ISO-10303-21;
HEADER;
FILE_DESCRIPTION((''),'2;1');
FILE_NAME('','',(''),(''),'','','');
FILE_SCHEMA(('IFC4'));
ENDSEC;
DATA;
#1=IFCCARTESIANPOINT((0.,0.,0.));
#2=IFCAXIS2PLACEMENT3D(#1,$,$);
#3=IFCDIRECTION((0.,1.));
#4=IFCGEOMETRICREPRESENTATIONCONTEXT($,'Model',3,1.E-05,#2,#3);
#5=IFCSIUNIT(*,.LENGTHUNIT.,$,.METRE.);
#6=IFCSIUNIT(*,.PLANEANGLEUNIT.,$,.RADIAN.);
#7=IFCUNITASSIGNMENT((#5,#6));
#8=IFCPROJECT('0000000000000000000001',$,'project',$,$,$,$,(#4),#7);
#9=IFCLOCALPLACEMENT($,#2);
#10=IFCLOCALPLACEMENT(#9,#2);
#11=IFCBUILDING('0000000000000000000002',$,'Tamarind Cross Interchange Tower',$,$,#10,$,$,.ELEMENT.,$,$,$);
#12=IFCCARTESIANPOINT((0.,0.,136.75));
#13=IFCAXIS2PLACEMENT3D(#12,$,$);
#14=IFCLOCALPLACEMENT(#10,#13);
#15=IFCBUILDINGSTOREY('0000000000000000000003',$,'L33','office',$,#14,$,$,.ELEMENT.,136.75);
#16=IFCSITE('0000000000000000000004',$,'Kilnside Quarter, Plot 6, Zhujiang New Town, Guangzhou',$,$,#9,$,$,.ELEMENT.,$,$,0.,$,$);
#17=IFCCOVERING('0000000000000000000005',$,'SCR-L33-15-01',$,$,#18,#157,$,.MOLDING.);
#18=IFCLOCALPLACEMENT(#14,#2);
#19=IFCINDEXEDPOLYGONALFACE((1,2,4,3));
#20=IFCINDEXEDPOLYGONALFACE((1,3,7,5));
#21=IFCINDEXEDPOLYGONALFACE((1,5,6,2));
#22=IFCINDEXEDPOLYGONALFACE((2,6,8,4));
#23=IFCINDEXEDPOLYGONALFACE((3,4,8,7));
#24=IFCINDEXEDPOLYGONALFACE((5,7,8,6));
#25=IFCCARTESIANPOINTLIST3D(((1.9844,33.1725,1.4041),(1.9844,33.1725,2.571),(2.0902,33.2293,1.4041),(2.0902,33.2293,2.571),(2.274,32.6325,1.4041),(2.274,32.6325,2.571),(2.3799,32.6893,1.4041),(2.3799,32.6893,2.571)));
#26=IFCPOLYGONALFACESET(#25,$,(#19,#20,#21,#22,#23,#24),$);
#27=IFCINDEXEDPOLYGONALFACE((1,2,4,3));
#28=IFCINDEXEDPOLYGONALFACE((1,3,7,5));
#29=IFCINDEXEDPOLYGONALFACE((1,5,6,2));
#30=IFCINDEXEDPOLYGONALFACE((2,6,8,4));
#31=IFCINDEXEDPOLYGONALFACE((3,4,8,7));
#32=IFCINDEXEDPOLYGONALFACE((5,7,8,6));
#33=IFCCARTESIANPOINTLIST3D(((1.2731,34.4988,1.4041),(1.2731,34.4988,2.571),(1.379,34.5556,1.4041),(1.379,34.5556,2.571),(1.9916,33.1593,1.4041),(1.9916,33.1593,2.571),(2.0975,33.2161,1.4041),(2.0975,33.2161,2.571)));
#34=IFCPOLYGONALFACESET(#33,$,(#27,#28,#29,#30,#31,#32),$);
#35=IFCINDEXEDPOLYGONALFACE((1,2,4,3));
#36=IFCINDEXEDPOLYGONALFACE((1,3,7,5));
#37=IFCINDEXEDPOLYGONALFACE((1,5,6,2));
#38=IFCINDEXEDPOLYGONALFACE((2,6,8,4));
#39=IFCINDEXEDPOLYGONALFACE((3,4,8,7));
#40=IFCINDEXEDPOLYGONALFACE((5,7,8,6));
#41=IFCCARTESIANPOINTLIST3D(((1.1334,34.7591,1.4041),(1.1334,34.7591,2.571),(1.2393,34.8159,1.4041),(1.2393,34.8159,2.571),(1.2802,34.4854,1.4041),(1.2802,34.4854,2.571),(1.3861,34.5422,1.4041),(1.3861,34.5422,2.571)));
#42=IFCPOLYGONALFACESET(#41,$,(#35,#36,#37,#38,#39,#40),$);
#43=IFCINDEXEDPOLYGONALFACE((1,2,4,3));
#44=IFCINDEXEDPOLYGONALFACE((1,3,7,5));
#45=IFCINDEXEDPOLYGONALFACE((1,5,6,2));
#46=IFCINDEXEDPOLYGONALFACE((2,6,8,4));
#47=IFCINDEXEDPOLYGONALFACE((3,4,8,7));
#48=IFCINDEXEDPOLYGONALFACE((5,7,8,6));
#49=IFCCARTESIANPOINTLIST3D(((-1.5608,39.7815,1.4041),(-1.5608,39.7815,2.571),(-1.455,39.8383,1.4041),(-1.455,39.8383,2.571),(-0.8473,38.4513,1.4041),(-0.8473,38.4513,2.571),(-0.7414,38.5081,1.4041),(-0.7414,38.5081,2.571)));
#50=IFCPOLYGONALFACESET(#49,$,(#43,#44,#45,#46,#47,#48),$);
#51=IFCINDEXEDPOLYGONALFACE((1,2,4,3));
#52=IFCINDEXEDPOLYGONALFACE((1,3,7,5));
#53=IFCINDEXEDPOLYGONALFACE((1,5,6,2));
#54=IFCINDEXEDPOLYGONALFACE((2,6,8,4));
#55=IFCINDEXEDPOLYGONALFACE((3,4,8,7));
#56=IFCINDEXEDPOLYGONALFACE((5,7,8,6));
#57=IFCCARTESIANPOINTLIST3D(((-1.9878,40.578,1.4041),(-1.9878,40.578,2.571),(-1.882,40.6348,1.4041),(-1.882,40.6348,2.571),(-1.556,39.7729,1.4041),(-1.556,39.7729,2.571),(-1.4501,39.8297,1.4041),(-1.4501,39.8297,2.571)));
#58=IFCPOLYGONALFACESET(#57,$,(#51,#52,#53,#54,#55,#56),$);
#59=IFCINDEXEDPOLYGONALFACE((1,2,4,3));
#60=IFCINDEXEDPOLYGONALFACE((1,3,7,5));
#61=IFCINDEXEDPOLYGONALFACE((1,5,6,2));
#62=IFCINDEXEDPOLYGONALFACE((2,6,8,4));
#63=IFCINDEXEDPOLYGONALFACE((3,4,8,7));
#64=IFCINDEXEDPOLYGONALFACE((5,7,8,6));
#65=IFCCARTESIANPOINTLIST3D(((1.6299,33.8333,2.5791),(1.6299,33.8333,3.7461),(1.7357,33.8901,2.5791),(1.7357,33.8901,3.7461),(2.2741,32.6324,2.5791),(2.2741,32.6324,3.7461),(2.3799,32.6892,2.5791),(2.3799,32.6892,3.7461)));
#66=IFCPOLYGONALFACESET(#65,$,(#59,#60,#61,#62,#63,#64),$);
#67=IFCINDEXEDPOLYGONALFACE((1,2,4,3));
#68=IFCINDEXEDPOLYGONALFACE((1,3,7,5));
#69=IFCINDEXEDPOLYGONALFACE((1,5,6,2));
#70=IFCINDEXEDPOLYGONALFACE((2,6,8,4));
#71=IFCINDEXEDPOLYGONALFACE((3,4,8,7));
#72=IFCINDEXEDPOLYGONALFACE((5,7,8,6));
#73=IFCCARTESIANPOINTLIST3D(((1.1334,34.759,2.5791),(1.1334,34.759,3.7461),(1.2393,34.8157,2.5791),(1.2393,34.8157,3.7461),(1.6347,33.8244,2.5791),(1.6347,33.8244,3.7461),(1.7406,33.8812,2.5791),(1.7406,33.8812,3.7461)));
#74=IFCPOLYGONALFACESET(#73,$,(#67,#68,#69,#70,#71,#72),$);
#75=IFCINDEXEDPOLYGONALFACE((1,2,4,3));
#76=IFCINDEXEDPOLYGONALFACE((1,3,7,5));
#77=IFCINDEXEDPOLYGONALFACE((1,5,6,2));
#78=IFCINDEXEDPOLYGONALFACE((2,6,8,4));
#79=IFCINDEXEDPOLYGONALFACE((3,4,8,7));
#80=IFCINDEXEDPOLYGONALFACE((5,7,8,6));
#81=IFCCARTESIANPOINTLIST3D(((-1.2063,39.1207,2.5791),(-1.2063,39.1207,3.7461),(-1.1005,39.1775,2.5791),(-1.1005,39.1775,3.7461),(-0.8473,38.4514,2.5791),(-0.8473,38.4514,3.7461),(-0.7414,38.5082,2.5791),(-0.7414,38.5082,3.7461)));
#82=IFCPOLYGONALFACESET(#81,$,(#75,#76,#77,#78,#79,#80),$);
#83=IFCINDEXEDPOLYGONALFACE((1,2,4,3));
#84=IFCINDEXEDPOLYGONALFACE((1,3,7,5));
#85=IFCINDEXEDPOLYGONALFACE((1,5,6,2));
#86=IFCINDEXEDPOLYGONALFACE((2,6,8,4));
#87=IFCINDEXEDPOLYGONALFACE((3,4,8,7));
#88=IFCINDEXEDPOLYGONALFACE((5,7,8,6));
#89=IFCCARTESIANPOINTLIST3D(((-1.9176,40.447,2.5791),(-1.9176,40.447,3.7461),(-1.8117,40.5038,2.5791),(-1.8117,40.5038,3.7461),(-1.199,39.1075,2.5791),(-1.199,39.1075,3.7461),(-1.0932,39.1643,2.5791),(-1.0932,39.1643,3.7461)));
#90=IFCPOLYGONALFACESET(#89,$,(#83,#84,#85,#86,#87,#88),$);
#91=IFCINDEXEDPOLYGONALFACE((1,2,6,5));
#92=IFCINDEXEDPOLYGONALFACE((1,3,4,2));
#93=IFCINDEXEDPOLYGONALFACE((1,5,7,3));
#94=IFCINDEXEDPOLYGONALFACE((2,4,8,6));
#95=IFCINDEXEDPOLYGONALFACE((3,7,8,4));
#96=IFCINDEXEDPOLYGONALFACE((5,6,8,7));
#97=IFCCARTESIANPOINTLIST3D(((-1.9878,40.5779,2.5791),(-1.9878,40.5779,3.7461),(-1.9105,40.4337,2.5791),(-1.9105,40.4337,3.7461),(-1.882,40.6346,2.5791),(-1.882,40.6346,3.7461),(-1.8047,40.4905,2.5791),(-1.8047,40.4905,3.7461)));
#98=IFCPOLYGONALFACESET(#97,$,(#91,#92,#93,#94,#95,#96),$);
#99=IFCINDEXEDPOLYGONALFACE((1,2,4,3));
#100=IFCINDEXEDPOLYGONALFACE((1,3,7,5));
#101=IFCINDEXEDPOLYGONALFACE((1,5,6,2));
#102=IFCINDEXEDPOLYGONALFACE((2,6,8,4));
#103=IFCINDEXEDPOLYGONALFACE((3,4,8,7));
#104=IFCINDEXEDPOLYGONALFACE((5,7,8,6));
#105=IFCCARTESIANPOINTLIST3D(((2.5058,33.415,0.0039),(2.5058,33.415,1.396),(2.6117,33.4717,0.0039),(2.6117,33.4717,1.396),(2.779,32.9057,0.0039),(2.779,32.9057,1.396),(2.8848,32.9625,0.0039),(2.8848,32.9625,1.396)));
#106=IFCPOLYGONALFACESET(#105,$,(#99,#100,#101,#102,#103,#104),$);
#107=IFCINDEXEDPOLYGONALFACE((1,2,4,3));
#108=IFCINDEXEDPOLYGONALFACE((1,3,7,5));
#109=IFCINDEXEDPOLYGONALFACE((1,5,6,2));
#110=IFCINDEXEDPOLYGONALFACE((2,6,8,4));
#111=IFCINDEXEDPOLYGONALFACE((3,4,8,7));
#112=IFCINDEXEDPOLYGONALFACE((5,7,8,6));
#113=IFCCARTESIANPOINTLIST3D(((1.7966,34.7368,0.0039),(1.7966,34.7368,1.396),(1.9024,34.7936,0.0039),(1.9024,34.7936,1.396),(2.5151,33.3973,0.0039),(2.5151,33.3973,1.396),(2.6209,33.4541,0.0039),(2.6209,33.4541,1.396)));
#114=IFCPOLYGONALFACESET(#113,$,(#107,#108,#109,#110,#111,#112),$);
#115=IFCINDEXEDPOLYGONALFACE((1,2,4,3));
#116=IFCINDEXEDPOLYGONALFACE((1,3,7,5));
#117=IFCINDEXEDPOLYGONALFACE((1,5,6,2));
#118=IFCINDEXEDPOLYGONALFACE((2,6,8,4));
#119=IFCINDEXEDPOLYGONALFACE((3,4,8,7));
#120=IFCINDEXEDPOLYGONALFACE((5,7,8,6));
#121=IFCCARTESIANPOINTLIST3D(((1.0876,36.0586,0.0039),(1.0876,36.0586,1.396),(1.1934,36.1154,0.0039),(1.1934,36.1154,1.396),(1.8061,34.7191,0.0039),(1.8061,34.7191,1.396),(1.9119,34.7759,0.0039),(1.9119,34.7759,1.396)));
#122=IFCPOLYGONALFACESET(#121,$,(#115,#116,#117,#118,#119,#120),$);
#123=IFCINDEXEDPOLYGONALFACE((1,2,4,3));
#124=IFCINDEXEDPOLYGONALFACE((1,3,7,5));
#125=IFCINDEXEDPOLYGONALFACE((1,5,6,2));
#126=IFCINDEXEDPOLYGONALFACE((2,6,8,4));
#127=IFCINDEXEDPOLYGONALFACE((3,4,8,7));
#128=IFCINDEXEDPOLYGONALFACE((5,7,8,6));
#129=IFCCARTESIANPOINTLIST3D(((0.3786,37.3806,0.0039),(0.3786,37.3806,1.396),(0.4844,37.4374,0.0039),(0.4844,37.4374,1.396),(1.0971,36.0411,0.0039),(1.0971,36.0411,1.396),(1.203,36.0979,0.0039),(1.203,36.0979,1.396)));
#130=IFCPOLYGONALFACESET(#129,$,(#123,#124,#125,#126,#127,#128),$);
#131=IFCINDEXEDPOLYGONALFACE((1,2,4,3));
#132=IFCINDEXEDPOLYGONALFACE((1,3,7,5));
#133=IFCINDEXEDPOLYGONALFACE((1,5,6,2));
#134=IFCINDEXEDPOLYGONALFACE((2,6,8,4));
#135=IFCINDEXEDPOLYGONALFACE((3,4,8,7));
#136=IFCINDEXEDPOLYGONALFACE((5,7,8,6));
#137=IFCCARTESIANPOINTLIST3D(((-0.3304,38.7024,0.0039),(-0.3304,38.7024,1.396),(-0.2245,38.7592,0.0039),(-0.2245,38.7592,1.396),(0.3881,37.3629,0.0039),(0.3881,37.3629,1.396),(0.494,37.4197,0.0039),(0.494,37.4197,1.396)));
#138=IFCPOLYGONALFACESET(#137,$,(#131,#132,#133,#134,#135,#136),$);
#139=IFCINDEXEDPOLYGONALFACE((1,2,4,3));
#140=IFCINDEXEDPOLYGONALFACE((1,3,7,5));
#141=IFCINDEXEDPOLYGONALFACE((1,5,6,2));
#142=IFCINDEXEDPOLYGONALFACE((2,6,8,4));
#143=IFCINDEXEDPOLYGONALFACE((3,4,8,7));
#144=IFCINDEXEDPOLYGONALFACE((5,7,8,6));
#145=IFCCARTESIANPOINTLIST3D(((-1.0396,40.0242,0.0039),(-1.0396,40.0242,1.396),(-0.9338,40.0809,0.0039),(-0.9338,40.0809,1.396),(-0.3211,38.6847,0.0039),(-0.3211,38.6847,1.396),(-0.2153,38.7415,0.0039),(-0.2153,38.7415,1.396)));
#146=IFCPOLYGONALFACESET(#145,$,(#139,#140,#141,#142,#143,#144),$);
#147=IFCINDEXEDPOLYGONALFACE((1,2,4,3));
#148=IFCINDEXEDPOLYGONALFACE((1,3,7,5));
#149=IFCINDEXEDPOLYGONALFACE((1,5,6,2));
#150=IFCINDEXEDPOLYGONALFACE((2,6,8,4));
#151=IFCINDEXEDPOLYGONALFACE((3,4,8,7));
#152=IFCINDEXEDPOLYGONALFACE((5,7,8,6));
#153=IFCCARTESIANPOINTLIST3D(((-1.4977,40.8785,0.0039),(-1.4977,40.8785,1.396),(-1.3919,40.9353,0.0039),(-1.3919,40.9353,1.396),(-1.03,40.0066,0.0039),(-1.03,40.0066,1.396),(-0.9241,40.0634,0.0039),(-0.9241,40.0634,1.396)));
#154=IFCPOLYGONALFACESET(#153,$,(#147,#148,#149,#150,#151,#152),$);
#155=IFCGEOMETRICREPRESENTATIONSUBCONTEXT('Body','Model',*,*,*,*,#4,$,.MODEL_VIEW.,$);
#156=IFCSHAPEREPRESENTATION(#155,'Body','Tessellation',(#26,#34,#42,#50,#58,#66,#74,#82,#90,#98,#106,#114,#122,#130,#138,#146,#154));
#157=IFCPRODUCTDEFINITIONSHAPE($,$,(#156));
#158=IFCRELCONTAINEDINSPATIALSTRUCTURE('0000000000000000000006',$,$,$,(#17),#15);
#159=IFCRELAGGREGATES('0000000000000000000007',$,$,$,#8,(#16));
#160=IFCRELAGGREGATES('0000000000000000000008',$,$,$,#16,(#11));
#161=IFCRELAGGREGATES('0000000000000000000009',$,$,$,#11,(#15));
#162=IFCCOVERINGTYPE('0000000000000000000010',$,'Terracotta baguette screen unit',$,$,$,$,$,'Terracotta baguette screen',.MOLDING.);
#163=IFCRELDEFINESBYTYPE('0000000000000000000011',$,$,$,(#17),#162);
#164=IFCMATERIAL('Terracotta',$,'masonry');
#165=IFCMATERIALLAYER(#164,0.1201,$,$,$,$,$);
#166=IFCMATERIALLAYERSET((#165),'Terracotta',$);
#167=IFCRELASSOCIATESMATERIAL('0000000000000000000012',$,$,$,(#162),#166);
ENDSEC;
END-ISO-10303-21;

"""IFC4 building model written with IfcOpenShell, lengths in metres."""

from ifc_helpers import new_model, si_unit, direction, frame, origin, origin_2d, place, context, subcontext, project, spatial, rectangle, extrude, material, layer, layer_set, type_object, element, save


model = new_model("IFC4")

# Units and contexts
model_context = context("Model", 3, precision=1e-05, world=origin(), true_north=direction((0.0, 1.0)))
body_context = subcontext(model_context, "Body", "Model", "MODEL_VIEW")
ifc_project = project(units=[si_unit("LENGTHUNIT", "METRE"), si_unit("PLANEANGLEUNIT", "RADIAN")], contexts=[model_context])

# Site, building, storey
site_placement = place(None, origin())
site = spatial("IfcSite", under=ifc_project, at=site_placement, Name="Kilnside Quarter, Plot 6, Zhujiang New Town, Guangzhou", CompositionType="ELEMENT", RefElevation=0.0)
building_placement = place(site_placement, origin())
building = spatial("IfcBuilding", under=site, at=building_placement, Name="Tamarind Cross Interchange Tower", CompositionType="ELEMENT")
storey_placement = place(building_placement, frame((0.0, 0.0, 136.75)))
storey = spatial("IfcBuildingStorey", under=building, at=storey_placement, Name="L33", Description="office", CompositionType="ELEMENT", Elevation=136.75)

# Covering
ifc_material_1 = material(Name="Terracotta", Category="masonry")
ifc_layer_1 = layer(ifc_material_1, 0.1201)
ifc_layer_set_1 = layer_set([ifc_layer_1], Name="Terracotta")
covering_type = type_object("IfcCoveringType", Name="Terracotta baguette screen unit", ElementType="Terracotta baguette screen", PredefinedType="MOLDING", material=ifc_layer_set_1)
covering_1_placement = place(storey_placement, origin())
element("IfcCovering", 1, at=covering_1_placement, inside=storey, type_object=covering_type, Name="SCR-L33-15-01", PredefinedType="MOLDING", context=body_context, shape_type="SweptSolid", body=[
    extrude(rectangle(XDim=0.6128, YDim=0.1201, at=origin_2d()), frame((2.1821, 32.9309, 1.4041), z_axis=(0.0, 0.0, 1.0), x_axis=(-0.472698, 0.881224, 0.0)), (0.0, 0.0, 1.0), 1.167),
    extrude(rectangle(XDim=1.52, YDim=0.1201, at=origin_2d()), frame((1.6853, 33.8574, 1.4041), z_axis=(0.0, 0.0, 1.0), x_axis=(-0.472698, 0.881224, 0.0)), (0.0, 0.0, 1.0), 1.167),
    extrude(rectangle(XDim=0.3105, YDim=0.1201, at=origin_2d()), frame((1.2598, 34.6506, 1.4041), z_axis=(0.0, 0.0, 1.0), x_axis=(-0.472698, 0.881224, 0.0)), (0.0, 0.0, 1.0), 1.167),
    extrude(rectangle(XDim=1.5095, YDim=0.1201, at=origin_2d()), frame((-1.1511, 39.1448, 1.4041), z_axis=(0.0, 0.0, 1.0), x_axis=(-0.472698, 0.881224, 0.0)), (0.0, 0.0, 1.0), 1.167),
    extrude(rectangle(XDim=0.9136, YDim=0.1201, at=origin_2d()), frame((-1.719, 40.2039, 1.4041), z_axis=(0.0, 0.0, 1.0), x_axis=(-0.472698, 0.881224, 0.0)), (0.0, 0.0, 1.0), 1.167),
    extrude(rectangle(XDim=1.3628, YDim=0.1201, at=origin_2d()), frame((2.0049, 33.2612, 2.5791), z_axis=(0.0, 0.0, 1.0), x_axis=(-0.472698, 0.881224, 0.0)), (0.0, 0.0, 1.0), 1.167),
    extrude(rectangle(XDim=1.0605, YDim=0.1201, at=origin_2d()), frame((1.437, 34.3201, 2.5791), z_axis=(0.0, 0.0, 1.0), x_axis=(-0.472698, 0.881224, 0.0)), (0.0, 0.0, 1.0), 1.167),
    extrude(rectangle(XDim=0.7595, YDim=0.1201, at=origin_2d()), frame((-0.9739, 38.8145, 2.5791), z_axis=(0.0, 0.0, 1.0), x_axis=(-0.472698, 0.881224, 0.0)), (0.0, 0.0, 1.0), 1.167),
    extrude(rectangle(XDim=1.52, YDim=0.1201, at=origin_2d()), frame((-1.5054, 39.8057, 2.5791), z_axis=(0.0, 0.0, 1.0), x_axis=(-0.472698, 0.881224, 0.0)), (0.0, 0.0, 1.0), 1.167),
    extrude(rectangle(XDim=0.1636, YDim=0.1201, at=origin_2d()), frame((-1.8962, 40.5342, 2.5791), z_axis=(0.0, 0.0, 1.0), x_axis=(-0.472698, 0.881224, 0.0)), (0.0, 0.0, 1.0), 1.167),
    extrude(rectangle(XDim=0.5779, YDim=0.1201, at=origin_2d()), frame((2.6953, 33.1887, 0.0039), z_axis=(0.0, 0.0, 1.0), x_axis=(-0.472698, 0.881224, 0.0)), (0.0, 0.0, 1.0), 1.3921),
    extrude(rectangle(XDim=1.52, YDim=0.1201, at=origin_2d()), frame((2.2087, 34.0955, 0.0039), z_axis=(0.0, 0.0, 1.0), x_axis=(-0.472698, 0.881224, 0.0)), (0.0, 0.0, 1.0), 1.3921),
    extrude(rectangle(XDim=1.52, YDim=0.1201, at=origin_2d()), frame((1.4998, 35.4172, 0.0039), z_axis=(0.0, 0.0, 1.0), x_axis=(-0.472698, 0.881224, 0.0)), (0.0, 0.0, 1.0), 1.3921),
    extrude(rectangle(XDim=1.52, YDim=0.1201, at=origin_2d()), frame((0.7908, 36.7393, 0.0039), z_axis=(0.0, 0.0, 1.0), x_axis=(-0.472698, 0.881224, 0.0)), (0.0, 0.0, 1.0), 1.3921),
    extrude(rectangle(XDim=1.52, YDim=0.1201, at=origin_2d()), frame((0.0818, 38.061, 0.0039), z_axis=(0.0, 0.0, 1.0), x_axis=(-0.472698, 0.881224, 0.0)), (0.0, 0.0, 1.0), 1.3921),
    extrude(rectangle(XDim=1.52, YDim=0.1201, at=origin_2d()), frame((-0.6274, 39.3828, 0.0039), z_axis=(0.0, 0.0, 1.0), x_axis=(-0.472698, 0.881224, 0.0)), (0.0, 0.0, 1.0), 1.3921),
    extrude(rectangle(XDim=0.9895, YDim=0.1201, at=origin_2d()), frame((-1.2109, 40.4709, 0.0039), z_axis=(0.0, 0.0, 1.0), x_axis=(-0.472698, 0.881224, 0.0)), (0.0, 0.0, 1.0), 1.3921),
])

save(model, "model.ifc")
